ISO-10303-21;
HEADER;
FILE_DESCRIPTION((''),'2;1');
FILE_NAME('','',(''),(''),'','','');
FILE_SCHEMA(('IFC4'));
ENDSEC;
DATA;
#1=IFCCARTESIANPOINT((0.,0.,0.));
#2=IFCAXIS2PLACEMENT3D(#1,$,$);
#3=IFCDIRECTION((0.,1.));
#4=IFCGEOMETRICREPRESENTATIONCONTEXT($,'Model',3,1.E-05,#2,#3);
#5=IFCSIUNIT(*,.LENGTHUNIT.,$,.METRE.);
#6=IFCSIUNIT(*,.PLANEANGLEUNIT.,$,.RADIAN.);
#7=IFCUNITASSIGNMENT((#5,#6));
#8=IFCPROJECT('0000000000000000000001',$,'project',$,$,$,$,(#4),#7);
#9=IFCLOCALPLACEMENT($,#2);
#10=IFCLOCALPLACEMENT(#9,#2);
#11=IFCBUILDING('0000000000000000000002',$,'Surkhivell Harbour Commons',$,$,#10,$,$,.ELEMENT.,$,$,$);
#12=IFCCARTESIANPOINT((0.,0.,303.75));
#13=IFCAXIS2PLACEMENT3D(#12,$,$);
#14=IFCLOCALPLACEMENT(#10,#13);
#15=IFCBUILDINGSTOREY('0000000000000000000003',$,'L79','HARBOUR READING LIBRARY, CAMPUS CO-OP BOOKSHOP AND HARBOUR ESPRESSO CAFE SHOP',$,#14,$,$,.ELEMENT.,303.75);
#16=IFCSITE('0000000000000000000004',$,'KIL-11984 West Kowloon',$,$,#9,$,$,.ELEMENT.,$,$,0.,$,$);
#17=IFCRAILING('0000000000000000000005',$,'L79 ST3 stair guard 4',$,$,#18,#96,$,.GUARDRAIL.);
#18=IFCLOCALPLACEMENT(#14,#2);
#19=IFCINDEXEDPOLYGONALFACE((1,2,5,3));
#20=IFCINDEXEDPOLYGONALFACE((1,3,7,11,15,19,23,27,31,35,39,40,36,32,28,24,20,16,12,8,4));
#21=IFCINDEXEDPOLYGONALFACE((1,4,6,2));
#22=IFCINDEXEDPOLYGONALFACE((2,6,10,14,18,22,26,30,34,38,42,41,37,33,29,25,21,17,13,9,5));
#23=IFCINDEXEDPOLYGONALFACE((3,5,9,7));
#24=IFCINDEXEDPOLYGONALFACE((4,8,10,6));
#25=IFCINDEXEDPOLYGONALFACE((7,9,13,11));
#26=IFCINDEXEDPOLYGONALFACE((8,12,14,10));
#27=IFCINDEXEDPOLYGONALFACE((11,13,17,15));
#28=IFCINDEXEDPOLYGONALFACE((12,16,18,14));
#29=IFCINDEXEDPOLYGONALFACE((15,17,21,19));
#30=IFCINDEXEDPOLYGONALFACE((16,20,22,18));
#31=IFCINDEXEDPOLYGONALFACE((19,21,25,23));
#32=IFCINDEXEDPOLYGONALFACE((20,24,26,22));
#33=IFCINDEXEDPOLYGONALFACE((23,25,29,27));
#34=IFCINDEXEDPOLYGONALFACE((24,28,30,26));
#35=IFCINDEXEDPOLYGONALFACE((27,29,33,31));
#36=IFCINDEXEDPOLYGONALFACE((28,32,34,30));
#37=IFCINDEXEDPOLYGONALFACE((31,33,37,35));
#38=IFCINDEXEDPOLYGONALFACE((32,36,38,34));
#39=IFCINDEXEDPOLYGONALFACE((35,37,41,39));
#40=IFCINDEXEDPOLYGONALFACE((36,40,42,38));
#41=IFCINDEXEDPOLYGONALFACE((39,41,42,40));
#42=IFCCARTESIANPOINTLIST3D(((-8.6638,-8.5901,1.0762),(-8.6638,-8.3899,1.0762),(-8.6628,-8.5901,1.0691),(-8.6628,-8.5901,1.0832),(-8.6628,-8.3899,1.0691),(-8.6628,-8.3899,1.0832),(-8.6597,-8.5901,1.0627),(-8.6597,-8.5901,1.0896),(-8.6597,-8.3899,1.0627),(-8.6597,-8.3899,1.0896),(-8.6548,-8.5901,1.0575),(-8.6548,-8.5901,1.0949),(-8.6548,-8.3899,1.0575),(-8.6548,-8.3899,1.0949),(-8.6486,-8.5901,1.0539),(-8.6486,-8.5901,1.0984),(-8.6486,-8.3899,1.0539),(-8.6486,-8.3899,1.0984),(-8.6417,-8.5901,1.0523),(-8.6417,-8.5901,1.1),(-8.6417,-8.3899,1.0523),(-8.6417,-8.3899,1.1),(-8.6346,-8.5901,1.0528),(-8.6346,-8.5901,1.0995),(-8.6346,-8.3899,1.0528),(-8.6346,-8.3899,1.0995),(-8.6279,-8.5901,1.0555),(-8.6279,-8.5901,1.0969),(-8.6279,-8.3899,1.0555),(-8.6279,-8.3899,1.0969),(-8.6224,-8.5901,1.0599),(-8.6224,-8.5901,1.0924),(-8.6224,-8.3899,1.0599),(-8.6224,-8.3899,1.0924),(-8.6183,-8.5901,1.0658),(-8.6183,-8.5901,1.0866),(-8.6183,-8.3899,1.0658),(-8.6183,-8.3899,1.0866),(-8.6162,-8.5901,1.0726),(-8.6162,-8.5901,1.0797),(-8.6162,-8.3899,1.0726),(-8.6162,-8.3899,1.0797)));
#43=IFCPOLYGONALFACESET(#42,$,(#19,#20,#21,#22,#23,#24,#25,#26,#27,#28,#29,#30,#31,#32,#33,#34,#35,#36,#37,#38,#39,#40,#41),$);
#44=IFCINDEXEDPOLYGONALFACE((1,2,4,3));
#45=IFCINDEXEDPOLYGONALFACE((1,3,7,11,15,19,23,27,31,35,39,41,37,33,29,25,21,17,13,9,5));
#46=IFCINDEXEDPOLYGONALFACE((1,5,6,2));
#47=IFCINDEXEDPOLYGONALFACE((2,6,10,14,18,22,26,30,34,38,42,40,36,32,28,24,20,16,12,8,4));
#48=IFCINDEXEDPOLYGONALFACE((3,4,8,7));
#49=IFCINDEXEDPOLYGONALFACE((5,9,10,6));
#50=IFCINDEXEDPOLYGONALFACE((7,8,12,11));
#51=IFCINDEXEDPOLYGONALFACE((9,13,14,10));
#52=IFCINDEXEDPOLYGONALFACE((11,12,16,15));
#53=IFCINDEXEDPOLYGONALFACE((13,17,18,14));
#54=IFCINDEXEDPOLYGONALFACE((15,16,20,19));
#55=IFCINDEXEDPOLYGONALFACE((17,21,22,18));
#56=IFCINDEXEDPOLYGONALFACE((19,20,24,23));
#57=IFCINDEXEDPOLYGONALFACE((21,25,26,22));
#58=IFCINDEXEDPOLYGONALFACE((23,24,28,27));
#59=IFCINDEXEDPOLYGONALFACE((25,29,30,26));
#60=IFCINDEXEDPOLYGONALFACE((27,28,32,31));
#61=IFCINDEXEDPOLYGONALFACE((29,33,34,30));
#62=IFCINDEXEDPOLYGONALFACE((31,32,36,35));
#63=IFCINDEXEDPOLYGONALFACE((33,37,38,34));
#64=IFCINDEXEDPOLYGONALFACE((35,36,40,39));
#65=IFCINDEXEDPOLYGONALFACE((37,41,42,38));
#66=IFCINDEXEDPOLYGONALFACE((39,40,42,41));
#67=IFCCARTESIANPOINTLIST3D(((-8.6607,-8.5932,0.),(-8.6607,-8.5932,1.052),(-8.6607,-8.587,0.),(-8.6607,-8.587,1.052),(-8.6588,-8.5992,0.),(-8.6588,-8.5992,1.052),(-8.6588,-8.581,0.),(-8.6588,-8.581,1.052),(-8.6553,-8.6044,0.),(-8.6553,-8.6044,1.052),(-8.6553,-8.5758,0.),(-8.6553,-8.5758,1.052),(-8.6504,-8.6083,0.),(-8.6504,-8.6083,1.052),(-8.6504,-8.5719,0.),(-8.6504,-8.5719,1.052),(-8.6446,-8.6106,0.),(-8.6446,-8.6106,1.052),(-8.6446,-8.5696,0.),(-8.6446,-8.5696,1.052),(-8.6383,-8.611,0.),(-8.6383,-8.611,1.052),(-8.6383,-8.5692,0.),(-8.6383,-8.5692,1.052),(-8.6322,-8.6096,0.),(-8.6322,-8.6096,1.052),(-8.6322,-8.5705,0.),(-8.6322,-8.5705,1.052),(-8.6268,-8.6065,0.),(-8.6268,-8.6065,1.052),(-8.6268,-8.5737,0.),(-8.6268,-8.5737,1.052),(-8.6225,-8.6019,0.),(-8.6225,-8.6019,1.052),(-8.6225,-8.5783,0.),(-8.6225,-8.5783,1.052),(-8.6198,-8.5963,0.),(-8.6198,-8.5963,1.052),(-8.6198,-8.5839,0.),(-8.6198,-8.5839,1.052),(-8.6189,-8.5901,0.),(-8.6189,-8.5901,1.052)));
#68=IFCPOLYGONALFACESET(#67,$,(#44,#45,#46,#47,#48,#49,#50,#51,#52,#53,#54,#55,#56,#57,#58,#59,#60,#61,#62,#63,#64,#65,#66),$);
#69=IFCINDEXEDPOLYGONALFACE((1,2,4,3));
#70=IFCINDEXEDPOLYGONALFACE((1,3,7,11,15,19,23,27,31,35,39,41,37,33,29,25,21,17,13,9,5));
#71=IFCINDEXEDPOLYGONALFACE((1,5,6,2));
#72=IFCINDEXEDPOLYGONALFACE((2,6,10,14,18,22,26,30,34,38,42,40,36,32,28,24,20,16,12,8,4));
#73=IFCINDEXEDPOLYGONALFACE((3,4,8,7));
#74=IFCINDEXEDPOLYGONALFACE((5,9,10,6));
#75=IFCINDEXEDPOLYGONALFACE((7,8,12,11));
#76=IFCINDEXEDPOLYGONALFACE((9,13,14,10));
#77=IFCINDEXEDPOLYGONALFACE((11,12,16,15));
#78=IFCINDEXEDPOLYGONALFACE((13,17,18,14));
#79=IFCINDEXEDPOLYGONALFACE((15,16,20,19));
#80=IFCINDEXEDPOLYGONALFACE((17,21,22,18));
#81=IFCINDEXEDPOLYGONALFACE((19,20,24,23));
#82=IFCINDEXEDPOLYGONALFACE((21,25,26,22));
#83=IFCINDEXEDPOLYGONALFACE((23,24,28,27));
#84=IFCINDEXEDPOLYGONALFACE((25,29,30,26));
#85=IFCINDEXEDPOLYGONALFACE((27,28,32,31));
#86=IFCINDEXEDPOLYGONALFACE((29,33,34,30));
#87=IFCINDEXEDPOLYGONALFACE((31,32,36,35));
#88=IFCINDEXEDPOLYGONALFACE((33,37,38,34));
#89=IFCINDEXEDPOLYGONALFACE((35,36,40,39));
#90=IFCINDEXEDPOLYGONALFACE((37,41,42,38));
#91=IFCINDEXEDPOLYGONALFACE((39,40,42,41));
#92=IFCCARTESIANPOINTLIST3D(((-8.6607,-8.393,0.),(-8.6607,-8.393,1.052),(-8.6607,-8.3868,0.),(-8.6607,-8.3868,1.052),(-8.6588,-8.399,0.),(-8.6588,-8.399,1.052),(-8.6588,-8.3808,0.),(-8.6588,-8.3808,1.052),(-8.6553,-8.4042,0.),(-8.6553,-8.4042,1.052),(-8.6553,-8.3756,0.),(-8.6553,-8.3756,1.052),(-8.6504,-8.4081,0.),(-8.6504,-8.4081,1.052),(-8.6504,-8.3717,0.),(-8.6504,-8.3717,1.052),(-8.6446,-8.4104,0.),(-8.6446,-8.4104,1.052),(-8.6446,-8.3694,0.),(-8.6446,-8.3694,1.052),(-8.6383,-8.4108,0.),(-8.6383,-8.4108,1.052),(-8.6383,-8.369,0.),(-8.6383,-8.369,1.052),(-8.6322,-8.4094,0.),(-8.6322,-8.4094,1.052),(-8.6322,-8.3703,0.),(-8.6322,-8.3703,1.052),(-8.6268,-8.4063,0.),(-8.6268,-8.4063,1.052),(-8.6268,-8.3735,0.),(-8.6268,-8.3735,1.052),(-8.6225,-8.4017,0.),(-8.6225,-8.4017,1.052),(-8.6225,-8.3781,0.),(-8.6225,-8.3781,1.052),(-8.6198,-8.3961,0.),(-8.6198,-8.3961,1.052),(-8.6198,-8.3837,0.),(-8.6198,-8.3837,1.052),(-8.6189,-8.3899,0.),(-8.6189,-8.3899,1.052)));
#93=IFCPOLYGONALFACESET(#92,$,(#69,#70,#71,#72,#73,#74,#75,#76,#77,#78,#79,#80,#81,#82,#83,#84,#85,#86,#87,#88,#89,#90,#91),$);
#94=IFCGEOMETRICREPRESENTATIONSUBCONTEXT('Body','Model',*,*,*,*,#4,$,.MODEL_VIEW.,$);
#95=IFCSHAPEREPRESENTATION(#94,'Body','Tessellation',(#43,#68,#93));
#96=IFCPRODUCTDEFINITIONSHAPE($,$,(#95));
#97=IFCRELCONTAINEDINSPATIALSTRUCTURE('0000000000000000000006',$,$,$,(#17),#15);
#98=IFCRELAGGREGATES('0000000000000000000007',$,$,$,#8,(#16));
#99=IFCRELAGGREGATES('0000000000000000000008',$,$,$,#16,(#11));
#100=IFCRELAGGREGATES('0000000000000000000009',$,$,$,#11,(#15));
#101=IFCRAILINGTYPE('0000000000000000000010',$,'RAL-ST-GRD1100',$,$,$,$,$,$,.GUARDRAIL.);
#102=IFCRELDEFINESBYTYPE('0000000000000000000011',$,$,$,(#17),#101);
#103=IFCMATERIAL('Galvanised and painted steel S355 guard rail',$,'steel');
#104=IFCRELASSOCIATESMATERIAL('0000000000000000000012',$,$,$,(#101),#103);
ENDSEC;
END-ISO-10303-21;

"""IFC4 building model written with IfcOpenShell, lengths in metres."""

from ifc_helpers import new_model, si_unit, direction, frame, origin, origin_2d, place, context, subcontext, project, spatial, circle, extrude, material, type_object, element, save


model = new_model("IFC4")

# Units and contexts
model_context = context("Model", 3, precision=1e-05, world=origin(), true_north=direction((0.0, 1.0)))
body_context = subcontext(model_context, "Body", "Model", "MODEL_VIEW")
ifc_project = project(units=[si_unit("LENGTHUNIT", "METRE"), si_unit("PLANEANGLEUNIT", "RADIAN")], contexts=[model_context])

# Site, building, storey
site_placement = place(None, origin())
site = spatial("IfcSite", under=ifc_project, at=site_placement, Name="KIL-11984 West Kowloon", CompositionType="ELEMENT", RefElevation=0.0)
building_placement = place(site_placement, origin())
building = spatial("IfcBuilding", under=site, at=building_placement, Name="Surkhivell Harbour Commons", CompositionType="ELEMENT")
storey_placement = place(building_placement, frame((0.0, 0.0, 303.75)))
storey = spatial("IfcBuildingStorey", under=building, at=storey_placement, Name="L79", Description="HARBOUR READING LIBRARY, CAMPUS CO-OP BOOKSHOP AND HARBOUR ESPRESSO CAFE SHOP", CompositionType="ELEMENT", Elevation=303.75)

# Railing
ifc_material_1 = material(Name="Galvanised and painted steel S355 guard rail", Category="steel")
railing_type_1 = type_object("IfcRailingType", Name="RAL-ST-GRD1100", PredefinedType="GUARDRAIL", material=ifc_material_1)
railing_1_placement = place(storey_placement, frame((-8.6399, -8.5901, 0.0)))
element("IfcRailing", 1, at=railing_1_placement, inside=storey, type_object=railing_type_1, Name="L79 ST3 stair guard 4", PredefinedType="GUARDRAIL", context=body_context, shape_type="SweptSolid", body=[
    extrude(circle(Radius=0.0239, at=origin_2d()), frame((0.0, 0.0, 1.0762), z_axis=(0.0, 1.0, 0.0), x_axis=(-1.0, 0.0, 0.0)), (0.0, 0.0, 1.0), 0.2002),
    extrude(circle(Radius=0.021, at=origin_2d()), origin(), (0.0, 0.0, 1.0), 1.052),
    extrude(circle(Radius=0.021, at=origin_2d()), frame((0.0, 0.2002, 0.0)), (0.0, 0.0, 1.0), 1.052),
])

save(model, "model.ifc")
